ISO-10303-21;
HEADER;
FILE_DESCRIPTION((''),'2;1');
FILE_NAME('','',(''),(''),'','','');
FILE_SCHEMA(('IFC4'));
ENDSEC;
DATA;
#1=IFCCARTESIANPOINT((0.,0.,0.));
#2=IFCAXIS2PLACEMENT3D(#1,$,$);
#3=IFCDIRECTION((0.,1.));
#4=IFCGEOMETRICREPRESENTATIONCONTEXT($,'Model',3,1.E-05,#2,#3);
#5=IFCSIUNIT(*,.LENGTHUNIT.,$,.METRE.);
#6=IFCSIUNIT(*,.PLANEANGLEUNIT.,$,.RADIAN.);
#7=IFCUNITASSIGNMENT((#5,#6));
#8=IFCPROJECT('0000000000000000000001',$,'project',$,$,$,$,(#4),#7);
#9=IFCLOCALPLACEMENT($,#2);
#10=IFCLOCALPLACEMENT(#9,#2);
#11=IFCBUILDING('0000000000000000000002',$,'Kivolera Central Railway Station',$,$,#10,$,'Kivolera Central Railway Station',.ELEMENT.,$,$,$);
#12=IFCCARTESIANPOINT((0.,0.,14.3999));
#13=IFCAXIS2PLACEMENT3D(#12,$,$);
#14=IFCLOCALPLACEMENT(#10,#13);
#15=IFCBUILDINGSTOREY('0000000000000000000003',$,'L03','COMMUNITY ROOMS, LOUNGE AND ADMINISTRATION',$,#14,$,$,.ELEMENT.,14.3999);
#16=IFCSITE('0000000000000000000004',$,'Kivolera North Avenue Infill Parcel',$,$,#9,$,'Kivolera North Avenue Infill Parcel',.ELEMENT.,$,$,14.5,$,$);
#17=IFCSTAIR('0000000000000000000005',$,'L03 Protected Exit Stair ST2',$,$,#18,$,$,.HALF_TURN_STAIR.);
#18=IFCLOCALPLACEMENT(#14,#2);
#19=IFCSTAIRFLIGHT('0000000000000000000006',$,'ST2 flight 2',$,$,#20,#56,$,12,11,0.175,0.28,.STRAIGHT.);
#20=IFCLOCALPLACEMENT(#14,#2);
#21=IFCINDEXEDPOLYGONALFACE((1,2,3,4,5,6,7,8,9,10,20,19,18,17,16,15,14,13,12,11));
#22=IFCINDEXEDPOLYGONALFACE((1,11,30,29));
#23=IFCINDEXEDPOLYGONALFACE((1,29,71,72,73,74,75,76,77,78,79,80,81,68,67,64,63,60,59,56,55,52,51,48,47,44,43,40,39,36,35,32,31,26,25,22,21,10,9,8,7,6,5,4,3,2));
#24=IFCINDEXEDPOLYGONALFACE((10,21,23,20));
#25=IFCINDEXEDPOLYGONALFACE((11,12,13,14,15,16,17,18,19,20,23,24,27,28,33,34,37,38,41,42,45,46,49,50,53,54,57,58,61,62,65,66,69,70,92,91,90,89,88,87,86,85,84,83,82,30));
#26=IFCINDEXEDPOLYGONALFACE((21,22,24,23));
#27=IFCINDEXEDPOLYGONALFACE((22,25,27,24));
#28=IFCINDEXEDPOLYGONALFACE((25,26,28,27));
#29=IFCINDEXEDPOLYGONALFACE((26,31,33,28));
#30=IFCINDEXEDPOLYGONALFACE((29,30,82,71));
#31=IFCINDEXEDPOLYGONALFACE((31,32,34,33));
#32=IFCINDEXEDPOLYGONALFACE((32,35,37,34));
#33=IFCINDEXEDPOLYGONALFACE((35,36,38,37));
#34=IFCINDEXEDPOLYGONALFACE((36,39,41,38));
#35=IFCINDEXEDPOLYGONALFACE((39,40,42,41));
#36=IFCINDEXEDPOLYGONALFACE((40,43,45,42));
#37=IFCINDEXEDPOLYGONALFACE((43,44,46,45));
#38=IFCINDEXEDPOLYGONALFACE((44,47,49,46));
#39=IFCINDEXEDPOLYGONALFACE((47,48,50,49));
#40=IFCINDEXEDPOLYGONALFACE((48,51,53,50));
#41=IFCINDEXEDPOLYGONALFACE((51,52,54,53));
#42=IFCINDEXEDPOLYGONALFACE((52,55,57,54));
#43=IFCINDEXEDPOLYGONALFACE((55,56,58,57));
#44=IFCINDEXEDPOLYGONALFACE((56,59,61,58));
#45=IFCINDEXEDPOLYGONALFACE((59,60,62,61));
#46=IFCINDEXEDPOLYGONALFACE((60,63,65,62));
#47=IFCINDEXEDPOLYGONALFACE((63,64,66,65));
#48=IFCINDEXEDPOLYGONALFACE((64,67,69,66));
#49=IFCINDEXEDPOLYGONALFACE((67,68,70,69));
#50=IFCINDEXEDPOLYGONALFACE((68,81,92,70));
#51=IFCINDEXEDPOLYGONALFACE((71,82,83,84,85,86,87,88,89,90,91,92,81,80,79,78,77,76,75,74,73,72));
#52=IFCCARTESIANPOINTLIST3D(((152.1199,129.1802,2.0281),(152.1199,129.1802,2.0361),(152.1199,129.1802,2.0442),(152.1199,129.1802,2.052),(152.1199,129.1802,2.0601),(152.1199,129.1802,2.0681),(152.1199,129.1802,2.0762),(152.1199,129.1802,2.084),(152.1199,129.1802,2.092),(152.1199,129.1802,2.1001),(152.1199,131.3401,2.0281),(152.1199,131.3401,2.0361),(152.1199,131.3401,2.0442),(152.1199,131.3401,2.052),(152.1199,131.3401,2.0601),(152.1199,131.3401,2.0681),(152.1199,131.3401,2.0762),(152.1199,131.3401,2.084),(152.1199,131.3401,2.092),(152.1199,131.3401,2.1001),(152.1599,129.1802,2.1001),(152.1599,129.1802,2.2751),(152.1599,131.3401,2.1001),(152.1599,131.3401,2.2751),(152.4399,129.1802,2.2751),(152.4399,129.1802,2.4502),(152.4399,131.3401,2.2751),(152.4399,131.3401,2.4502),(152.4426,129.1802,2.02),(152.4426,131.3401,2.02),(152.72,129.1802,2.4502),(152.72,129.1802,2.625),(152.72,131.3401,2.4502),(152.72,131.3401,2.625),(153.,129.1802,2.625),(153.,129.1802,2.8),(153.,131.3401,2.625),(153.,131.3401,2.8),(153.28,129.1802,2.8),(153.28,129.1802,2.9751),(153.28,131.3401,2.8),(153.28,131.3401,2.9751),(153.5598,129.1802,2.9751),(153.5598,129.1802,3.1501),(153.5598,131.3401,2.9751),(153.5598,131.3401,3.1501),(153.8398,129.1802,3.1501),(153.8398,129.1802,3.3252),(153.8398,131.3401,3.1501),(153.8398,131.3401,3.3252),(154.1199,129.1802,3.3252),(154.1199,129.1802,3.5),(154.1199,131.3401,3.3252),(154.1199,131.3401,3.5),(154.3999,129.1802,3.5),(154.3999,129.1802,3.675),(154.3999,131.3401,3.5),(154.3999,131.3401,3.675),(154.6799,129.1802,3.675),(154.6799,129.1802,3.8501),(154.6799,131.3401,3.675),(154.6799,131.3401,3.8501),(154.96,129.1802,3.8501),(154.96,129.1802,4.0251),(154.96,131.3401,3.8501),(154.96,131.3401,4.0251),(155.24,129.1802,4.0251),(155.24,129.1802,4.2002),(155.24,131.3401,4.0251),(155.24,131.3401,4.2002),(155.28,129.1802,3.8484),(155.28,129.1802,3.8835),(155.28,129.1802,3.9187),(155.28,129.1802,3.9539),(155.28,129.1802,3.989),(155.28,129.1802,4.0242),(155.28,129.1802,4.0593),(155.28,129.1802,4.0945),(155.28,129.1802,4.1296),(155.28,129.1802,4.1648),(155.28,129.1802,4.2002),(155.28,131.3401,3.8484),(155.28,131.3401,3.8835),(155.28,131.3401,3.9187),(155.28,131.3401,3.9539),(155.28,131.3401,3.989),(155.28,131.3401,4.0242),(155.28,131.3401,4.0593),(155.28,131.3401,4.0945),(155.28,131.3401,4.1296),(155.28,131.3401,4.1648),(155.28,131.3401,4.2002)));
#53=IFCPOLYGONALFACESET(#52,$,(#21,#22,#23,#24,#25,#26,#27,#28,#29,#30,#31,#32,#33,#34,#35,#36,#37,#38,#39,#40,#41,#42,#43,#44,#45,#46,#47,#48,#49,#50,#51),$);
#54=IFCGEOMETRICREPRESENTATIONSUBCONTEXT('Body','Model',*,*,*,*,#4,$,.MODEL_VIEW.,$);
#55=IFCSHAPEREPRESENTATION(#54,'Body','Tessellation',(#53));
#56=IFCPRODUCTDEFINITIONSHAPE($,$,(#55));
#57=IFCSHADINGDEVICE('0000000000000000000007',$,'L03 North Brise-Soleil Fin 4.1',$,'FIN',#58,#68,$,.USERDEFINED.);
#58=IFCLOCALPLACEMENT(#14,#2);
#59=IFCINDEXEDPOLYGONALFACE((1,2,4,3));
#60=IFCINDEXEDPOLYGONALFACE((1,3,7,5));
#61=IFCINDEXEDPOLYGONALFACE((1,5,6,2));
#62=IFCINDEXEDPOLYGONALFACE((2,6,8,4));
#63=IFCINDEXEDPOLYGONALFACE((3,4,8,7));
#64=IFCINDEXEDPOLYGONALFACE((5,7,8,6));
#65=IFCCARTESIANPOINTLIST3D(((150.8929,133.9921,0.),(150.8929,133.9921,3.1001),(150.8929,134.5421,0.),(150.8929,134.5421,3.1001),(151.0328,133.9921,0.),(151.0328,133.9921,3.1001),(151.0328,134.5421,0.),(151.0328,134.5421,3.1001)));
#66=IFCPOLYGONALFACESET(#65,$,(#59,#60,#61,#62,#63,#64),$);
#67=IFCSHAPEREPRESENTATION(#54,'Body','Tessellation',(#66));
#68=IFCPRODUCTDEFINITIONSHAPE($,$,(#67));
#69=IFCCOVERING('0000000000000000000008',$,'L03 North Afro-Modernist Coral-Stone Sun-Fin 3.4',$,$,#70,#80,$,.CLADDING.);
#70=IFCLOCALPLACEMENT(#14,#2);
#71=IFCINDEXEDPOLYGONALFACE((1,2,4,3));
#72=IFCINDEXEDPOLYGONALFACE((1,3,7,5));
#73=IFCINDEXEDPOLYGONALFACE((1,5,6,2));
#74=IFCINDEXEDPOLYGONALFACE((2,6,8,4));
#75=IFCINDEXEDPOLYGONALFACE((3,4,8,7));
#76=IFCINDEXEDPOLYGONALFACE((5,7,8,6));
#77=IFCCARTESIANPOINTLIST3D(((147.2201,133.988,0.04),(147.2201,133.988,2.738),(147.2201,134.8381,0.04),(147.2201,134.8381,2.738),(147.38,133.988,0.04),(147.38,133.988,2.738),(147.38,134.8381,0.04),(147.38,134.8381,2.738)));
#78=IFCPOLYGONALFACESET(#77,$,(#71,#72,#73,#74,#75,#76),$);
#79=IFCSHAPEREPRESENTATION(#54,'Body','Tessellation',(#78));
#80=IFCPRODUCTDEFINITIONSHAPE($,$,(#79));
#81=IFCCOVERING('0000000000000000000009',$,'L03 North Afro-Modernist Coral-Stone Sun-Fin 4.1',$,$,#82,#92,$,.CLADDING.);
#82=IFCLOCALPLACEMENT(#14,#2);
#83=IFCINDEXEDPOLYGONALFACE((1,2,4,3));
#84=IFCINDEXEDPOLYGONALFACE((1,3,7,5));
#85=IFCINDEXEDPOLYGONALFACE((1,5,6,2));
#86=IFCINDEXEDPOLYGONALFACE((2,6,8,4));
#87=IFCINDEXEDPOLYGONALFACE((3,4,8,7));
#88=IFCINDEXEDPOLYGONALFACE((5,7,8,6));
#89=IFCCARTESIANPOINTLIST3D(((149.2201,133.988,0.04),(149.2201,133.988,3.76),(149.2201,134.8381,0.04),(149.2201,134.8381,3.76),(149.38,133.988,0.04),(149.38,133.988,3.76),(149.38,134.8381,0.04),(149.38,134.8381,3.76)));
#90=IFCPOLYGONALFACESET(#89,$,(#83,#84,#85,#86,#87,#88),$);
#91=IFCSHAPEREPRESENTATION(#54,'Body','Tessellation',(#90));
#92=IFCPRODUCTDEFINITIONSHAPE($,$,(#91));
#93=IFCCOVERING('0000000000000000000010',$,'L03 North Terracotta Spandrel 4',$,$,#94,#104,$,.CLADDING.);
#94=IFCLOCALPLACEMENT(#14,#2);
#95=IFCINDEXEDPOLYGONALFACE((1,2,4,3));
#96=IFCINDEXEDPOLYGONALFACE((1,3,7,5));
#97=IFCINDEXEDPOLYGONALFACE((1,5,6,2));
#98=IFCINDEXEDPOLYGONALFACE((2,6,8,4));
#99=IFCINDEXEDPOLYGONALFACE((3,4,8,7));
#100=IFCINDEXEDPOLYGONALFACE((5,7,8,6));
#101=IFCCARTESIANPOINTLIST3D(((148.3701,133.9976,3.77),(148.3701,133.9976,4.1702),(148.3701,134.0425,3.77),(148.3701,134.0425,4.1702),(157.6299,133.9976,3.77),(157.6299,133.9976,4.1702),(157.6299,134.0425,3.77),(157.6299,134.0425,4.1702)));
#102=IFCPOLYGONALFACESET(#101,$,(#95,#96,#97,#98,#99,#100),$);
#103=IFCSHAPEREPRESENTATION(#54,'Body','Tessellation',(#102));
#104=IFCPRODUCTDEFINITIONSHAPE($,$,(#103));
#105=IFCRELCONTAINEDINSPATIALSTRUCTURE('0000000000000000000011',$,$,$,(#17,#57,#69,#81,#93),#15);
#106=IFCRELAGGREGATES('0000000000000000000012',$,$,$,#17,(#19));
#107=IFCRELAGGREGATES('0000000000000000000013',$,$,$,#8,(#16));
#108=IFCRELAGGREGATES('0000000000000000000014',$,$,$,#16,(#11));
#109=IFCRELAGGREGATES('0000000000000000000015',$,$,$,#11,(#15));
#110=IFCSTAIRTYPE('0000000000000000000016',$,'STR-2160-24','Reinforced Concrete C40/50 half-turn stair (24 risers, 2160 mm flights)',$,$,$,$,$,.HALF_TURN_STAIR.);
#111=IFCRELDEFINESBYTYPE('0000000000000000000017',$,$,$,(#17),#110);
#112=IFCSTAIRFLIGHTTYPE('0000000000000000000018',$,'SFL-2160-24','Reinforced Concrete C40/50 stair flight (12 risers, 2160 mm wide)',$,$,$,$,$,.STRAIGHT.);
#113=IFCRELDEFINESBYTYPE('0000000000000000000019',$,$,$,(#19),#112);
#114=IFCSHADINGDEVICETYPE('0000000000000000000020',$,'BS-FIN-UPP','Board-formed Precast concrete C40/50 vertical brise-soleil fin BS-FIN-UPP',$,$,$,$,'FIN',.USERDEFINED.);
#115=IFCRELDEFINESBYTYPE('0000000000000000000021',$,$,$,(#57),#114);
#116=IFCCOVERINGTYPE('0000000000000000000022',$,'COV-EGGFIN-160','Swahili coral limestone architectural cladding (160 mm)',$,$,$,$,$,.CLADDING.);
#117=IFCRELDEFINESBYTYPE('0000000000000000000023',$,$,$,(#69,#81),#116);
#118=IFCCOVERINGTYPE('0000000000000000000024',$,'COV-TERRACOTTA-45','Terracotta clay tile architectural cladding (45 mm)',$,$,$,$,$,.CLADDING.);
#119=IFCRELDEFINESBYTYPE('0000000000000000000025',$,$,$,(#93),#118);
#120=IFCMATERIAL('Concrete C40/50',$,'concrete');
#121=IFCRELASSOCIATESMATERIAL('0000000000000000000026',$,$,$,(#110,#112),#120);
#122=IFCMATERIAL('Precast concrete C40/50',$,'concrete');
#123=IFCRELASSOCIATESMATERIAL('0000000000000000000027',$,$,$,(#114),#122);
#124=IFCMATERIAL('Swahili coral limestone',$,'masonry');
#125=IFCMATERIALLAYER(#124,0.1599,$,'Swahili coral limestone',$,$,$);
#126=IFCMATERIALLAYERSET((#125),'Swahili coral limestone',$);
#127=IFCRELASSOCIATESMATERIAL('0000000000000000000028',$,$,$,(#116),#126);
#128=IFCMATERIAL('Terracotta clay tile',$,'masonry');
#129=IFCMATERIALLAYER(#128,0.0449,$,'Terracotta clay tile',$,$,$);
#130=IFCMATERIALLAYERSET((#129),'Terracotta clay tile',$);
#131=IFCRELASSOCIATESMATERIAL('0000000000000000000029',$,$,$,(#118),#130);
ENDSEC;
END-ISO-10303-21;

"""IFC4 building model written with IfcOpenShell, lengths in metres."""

from ifc_helpers import new_model, si_unit, direction, frame, frame_2d, origin, origin_2d, place, context, subcontext, project, spatial, polyline, rectangle, outline, extrude, material, layer, layer_set, type_object, element, aggregate, save


model = new_model("IFC4")

# Units and contexts
model_context = context("Model", 3, precision=1e-05, world=origin(), true_north=direction((0.0, 1.0)))
body_context = subcontext(model_context, "Body", "Model", "MODEL_VIEW")
ifc_project = project(units=[si_unit("LENGTHUNIT", "METRE"), si_unit("PLANEANGLEUNIT", "RADIAN")], contexts=[model_context])

# Site, building, storey
site_placement = place(None, origin())
site = spatial("IfcSite", under=ifc_project, at=site_placement, Name="Kivolera North Avenue Infill Parcel", LongName="Kivolera North Avenue Infill Parcel", CompositionType="ELEMENT", RefElevation=14.5)
building_placement = place(site_placement, origin())
building = spatial("IfcBuilding", under=site, at=building_placement, Name="Kivolera Central Railway Station", LongName="Kivolera Central Railway Station", CompositionType="ELEMENT")
storey_placement = place(building_placement, frame((0.0, 0.0, 14.3999)))
storey = spatial("IfcBuildingStorey", under=building, at=storey_placement, Name="L03", Description="COMMUNITY ROOMS, LOUNGE AND ADMINISTRATION", CompositionType="ELEMENT", Elevation=14.3999)

# Shared definitions
ifc_material_1 = material(Name="Concrete C40/50", Category="concrete")

# Stair, stair flight
stair_type = type_object("IfcStairType", Name="STR-2160-24", Description="Reinforced Concrete C40/50 half-turn stair (24 risers, 2160 mm flights)", PredefinedType="HALF_TURN_STAIR", material=ifc_material_1)
stair_placement = place(storey_placement, origin())
stair = element("IfcStair", 1, at=stair_placement, inside=storey, type_object=stair_type, Name="L03 Protected Exit Stair ST2", PredefinedType="HALF_TURN_STAIR")
stair_flight_type = type_object("IfcStairFlightType", Name="SFL-2160-24", Description="Reinforced Concrete C40/50 stair flight (12 risers, 2160 mm wide)", PredefinedType="STRAIGHT", material=ifc_material_1)
stair_flight_placement = place(storey_placement, frame((152.1599, 130.26, 2.1001), z_axis=(0.0, 0.0, 1.0), x_axis=(1.0, 0.0, 0.0)))
stair_flight = element("IfcStairFlight", 2, at=stair_flight_placement, type_object=stair_flight_type, Name="ST2 flight 2", NumberOfRisers=12, NumberOfTreads=11, PredefinedType="STRAIGHT", RiserHeight=0.175, TreadLength=0.28, context=body_context, shape_type="SweptSolid", body=[
    extrude(outline(polyline([(-0.04, 0.0), (0.0, 0.0), (0.0, 0.175), (0.28, 0.175), (0.28, 0.3501), (0.5601, 0.3501), (0.5601, 0.5249), (0.8401, 0.5249), (0.8401, 0.7), (1.1201, 0.7), (1.1201, 0.875), (1.3999, 0.875), (1.3999, 1.05), (1.6799, 1.05), (1.6799, 1.2251), (1.96, 1.2251), (1.96, 1.3999), (2.24, 1.3999), (2.24, 1.575), (2.52, 1.575), (2.52, 1.75), (2.8, 1.75), (2.8, 1.925), (3.0801, 1.925), (3.0801, 2.1001), (3.1201, 2.1001), (3.1201, 2.0647), (3.1201, 2.0295), (3.1201, 1.9944), (3.1201, 1.9592), (3.1201, 1.9241), (3.1201, 1.8889), (3.1201, 1.8538), (3.1201, 1.8186), (3.1201, 1.7834), (3.1201, 1.7483), (0.2827, -0.0801), (-0.04, -0.072), (-0.04, -0.064), (-0.04, -0.0559), (-0.04, -0.0481), (-0.04, -0.04), (-0.04, -0.032), (-0.04, -0.0239), (-0.04, -0.0161), (-0.04, -0.0081), (-0.04, 0.0)])), frame((0.0, 1.0801, 0.0), z_axis=(0.0, -1.0, 0.0), x_axis=(1.0, 0.0, 0.0)), (0.0, 0.0, 1.0), 2.1599),
])
aggregate(stair, [stair_flight])

# Shading device
ifc_material_2 = material(Name="Precast concrete C40/50", Category="concrete")
shading_device_type = type_object("IfcShadingDeviceType", Name="BS-FIN-UPP", Description="Board-formed Precast concrete C40/50 vertical brise-soleil fin BS-FIN-UPP", ElementType="FIN", PredefinedType="USERDEFINED", material=ifc_material_2)
shading_device_placement = place(storey_placement, frame((150.9629, 134.2671, 0.0), z_axis=(0.0, 0.0, 1.0), x_axis=(1.0, 0.0, 0.0)))
element("IfcShadingDevice", 3, at=shading_device_placement, inside=storey, type_object=shading_device_type, Name="L03 North Brise-Soleil Fin 4.1", ObjectType="FIN", PredefinedType="USERDEFINED", context=body_context, shape_type="SweptSolid", body=[
    extrude(rectangle(XDim=0.1399, YDim=0.55, at=origin_2d()), origin(), (0.0, 0.0, 1.0), 3.1001),
])

# Coverings
ifc_material_3 = material(Name="Swahili coral limestone", Category="masonry")
ifc_layer_1 = layer(ifc_material_3, 0.1599, Name="Swahili coral limestone")
ifc_layer_set_1 = layer_set([ifc_layer_1], Name="Swahili coral limestone")
covering_type_1 = type_object("IfcCoveringType", Name="COV-EGGFIN-160", Description="Swahili coral limestone architectural cladding (160 mm)", PredefinedType="CLADDING", material=ifc_layer_set_1)
covering_1_placement = place(storey_placement, frame((147.3, 134.4131, 0.04), z_axis=(0.0, 0.0, 1.0), x_axis=(1.0, 0.0, 0.0)))
element("IfcCovering", 4, at=covering_1_placement, inside=storey, type_object=covering_type_1, Name="L03 North Afro-Modernist Coral-Stone Sun-Fin 3.4", PredefinedType="CLADDING", context=body_context, shape_type="SweptSolid", body=[
    extrude(rectangle(XDim=0.1599, YDim=0.8501, at=origin_2d()), origin(), (0.0, 0.0, 1.0), 2.698),
])
covering_2_placement = place(storey_placement, frame((149.3, 134.4131, 0.04), z_axis=(0.0, 0.0, 1.0), x_axis=(1.0, 0.0, 0.0)))
element("IfcCovering", 5, at=covering_2_placement, inside=storey, type_object=covering_type_1, Name="L03 North Afro-Modernist Coral-Stone Sun-Fin 4.1", PredefinedType="CLADDING", context=body_context, shape_type="SweptSolid", body=[
    extrude(rectangle(XDim=0.1599, YDim=0.8501, at=origin_2d()), origin(), (0.0, 0.0, 1.0), 3.72),
])
ifc_material_4 = material(Name="Terracotta clay tile", Category="masonry")
ifc_layer_2 = layer(ifc_material_4, 0.0449, Name="Terracotta clay tile")
ifc_layer_set_2 = layer_set([ifc_layer_2], Name="Terracotta clay tile")
covering_type_2 = type_object("IfcCoveringType", Name="COV-TERRACOTTA-45", Description="Terracotta clay tile architectural cladding (45 mm)", PredefinedType="CLADDING", material=ifc_layer_set_2)
covering_3_placement = place(storey_placement, frame((148.3701, 134.02, 3.77), z_axis=(0.0, 0.0, 1.0), x_axis=(1.0, 0.0, 0.0)))
element("IfcCovering", 6, at=covering_3_placement, inside=storey, type_object=covering_type_2, Name="L03 North Terracotta Spandrel 4", PredefinedType="CLADDING", context=body_context, shape_type="SweptSolid", body=[
    extrude(rectangle(XDim=9.2598, YDim=0.0449, at=frame_2d((4.6299, 0.0))), origin(), (0.0, 0.0, 1.0), 0.4001),
])

save(model, "model.ifc")
